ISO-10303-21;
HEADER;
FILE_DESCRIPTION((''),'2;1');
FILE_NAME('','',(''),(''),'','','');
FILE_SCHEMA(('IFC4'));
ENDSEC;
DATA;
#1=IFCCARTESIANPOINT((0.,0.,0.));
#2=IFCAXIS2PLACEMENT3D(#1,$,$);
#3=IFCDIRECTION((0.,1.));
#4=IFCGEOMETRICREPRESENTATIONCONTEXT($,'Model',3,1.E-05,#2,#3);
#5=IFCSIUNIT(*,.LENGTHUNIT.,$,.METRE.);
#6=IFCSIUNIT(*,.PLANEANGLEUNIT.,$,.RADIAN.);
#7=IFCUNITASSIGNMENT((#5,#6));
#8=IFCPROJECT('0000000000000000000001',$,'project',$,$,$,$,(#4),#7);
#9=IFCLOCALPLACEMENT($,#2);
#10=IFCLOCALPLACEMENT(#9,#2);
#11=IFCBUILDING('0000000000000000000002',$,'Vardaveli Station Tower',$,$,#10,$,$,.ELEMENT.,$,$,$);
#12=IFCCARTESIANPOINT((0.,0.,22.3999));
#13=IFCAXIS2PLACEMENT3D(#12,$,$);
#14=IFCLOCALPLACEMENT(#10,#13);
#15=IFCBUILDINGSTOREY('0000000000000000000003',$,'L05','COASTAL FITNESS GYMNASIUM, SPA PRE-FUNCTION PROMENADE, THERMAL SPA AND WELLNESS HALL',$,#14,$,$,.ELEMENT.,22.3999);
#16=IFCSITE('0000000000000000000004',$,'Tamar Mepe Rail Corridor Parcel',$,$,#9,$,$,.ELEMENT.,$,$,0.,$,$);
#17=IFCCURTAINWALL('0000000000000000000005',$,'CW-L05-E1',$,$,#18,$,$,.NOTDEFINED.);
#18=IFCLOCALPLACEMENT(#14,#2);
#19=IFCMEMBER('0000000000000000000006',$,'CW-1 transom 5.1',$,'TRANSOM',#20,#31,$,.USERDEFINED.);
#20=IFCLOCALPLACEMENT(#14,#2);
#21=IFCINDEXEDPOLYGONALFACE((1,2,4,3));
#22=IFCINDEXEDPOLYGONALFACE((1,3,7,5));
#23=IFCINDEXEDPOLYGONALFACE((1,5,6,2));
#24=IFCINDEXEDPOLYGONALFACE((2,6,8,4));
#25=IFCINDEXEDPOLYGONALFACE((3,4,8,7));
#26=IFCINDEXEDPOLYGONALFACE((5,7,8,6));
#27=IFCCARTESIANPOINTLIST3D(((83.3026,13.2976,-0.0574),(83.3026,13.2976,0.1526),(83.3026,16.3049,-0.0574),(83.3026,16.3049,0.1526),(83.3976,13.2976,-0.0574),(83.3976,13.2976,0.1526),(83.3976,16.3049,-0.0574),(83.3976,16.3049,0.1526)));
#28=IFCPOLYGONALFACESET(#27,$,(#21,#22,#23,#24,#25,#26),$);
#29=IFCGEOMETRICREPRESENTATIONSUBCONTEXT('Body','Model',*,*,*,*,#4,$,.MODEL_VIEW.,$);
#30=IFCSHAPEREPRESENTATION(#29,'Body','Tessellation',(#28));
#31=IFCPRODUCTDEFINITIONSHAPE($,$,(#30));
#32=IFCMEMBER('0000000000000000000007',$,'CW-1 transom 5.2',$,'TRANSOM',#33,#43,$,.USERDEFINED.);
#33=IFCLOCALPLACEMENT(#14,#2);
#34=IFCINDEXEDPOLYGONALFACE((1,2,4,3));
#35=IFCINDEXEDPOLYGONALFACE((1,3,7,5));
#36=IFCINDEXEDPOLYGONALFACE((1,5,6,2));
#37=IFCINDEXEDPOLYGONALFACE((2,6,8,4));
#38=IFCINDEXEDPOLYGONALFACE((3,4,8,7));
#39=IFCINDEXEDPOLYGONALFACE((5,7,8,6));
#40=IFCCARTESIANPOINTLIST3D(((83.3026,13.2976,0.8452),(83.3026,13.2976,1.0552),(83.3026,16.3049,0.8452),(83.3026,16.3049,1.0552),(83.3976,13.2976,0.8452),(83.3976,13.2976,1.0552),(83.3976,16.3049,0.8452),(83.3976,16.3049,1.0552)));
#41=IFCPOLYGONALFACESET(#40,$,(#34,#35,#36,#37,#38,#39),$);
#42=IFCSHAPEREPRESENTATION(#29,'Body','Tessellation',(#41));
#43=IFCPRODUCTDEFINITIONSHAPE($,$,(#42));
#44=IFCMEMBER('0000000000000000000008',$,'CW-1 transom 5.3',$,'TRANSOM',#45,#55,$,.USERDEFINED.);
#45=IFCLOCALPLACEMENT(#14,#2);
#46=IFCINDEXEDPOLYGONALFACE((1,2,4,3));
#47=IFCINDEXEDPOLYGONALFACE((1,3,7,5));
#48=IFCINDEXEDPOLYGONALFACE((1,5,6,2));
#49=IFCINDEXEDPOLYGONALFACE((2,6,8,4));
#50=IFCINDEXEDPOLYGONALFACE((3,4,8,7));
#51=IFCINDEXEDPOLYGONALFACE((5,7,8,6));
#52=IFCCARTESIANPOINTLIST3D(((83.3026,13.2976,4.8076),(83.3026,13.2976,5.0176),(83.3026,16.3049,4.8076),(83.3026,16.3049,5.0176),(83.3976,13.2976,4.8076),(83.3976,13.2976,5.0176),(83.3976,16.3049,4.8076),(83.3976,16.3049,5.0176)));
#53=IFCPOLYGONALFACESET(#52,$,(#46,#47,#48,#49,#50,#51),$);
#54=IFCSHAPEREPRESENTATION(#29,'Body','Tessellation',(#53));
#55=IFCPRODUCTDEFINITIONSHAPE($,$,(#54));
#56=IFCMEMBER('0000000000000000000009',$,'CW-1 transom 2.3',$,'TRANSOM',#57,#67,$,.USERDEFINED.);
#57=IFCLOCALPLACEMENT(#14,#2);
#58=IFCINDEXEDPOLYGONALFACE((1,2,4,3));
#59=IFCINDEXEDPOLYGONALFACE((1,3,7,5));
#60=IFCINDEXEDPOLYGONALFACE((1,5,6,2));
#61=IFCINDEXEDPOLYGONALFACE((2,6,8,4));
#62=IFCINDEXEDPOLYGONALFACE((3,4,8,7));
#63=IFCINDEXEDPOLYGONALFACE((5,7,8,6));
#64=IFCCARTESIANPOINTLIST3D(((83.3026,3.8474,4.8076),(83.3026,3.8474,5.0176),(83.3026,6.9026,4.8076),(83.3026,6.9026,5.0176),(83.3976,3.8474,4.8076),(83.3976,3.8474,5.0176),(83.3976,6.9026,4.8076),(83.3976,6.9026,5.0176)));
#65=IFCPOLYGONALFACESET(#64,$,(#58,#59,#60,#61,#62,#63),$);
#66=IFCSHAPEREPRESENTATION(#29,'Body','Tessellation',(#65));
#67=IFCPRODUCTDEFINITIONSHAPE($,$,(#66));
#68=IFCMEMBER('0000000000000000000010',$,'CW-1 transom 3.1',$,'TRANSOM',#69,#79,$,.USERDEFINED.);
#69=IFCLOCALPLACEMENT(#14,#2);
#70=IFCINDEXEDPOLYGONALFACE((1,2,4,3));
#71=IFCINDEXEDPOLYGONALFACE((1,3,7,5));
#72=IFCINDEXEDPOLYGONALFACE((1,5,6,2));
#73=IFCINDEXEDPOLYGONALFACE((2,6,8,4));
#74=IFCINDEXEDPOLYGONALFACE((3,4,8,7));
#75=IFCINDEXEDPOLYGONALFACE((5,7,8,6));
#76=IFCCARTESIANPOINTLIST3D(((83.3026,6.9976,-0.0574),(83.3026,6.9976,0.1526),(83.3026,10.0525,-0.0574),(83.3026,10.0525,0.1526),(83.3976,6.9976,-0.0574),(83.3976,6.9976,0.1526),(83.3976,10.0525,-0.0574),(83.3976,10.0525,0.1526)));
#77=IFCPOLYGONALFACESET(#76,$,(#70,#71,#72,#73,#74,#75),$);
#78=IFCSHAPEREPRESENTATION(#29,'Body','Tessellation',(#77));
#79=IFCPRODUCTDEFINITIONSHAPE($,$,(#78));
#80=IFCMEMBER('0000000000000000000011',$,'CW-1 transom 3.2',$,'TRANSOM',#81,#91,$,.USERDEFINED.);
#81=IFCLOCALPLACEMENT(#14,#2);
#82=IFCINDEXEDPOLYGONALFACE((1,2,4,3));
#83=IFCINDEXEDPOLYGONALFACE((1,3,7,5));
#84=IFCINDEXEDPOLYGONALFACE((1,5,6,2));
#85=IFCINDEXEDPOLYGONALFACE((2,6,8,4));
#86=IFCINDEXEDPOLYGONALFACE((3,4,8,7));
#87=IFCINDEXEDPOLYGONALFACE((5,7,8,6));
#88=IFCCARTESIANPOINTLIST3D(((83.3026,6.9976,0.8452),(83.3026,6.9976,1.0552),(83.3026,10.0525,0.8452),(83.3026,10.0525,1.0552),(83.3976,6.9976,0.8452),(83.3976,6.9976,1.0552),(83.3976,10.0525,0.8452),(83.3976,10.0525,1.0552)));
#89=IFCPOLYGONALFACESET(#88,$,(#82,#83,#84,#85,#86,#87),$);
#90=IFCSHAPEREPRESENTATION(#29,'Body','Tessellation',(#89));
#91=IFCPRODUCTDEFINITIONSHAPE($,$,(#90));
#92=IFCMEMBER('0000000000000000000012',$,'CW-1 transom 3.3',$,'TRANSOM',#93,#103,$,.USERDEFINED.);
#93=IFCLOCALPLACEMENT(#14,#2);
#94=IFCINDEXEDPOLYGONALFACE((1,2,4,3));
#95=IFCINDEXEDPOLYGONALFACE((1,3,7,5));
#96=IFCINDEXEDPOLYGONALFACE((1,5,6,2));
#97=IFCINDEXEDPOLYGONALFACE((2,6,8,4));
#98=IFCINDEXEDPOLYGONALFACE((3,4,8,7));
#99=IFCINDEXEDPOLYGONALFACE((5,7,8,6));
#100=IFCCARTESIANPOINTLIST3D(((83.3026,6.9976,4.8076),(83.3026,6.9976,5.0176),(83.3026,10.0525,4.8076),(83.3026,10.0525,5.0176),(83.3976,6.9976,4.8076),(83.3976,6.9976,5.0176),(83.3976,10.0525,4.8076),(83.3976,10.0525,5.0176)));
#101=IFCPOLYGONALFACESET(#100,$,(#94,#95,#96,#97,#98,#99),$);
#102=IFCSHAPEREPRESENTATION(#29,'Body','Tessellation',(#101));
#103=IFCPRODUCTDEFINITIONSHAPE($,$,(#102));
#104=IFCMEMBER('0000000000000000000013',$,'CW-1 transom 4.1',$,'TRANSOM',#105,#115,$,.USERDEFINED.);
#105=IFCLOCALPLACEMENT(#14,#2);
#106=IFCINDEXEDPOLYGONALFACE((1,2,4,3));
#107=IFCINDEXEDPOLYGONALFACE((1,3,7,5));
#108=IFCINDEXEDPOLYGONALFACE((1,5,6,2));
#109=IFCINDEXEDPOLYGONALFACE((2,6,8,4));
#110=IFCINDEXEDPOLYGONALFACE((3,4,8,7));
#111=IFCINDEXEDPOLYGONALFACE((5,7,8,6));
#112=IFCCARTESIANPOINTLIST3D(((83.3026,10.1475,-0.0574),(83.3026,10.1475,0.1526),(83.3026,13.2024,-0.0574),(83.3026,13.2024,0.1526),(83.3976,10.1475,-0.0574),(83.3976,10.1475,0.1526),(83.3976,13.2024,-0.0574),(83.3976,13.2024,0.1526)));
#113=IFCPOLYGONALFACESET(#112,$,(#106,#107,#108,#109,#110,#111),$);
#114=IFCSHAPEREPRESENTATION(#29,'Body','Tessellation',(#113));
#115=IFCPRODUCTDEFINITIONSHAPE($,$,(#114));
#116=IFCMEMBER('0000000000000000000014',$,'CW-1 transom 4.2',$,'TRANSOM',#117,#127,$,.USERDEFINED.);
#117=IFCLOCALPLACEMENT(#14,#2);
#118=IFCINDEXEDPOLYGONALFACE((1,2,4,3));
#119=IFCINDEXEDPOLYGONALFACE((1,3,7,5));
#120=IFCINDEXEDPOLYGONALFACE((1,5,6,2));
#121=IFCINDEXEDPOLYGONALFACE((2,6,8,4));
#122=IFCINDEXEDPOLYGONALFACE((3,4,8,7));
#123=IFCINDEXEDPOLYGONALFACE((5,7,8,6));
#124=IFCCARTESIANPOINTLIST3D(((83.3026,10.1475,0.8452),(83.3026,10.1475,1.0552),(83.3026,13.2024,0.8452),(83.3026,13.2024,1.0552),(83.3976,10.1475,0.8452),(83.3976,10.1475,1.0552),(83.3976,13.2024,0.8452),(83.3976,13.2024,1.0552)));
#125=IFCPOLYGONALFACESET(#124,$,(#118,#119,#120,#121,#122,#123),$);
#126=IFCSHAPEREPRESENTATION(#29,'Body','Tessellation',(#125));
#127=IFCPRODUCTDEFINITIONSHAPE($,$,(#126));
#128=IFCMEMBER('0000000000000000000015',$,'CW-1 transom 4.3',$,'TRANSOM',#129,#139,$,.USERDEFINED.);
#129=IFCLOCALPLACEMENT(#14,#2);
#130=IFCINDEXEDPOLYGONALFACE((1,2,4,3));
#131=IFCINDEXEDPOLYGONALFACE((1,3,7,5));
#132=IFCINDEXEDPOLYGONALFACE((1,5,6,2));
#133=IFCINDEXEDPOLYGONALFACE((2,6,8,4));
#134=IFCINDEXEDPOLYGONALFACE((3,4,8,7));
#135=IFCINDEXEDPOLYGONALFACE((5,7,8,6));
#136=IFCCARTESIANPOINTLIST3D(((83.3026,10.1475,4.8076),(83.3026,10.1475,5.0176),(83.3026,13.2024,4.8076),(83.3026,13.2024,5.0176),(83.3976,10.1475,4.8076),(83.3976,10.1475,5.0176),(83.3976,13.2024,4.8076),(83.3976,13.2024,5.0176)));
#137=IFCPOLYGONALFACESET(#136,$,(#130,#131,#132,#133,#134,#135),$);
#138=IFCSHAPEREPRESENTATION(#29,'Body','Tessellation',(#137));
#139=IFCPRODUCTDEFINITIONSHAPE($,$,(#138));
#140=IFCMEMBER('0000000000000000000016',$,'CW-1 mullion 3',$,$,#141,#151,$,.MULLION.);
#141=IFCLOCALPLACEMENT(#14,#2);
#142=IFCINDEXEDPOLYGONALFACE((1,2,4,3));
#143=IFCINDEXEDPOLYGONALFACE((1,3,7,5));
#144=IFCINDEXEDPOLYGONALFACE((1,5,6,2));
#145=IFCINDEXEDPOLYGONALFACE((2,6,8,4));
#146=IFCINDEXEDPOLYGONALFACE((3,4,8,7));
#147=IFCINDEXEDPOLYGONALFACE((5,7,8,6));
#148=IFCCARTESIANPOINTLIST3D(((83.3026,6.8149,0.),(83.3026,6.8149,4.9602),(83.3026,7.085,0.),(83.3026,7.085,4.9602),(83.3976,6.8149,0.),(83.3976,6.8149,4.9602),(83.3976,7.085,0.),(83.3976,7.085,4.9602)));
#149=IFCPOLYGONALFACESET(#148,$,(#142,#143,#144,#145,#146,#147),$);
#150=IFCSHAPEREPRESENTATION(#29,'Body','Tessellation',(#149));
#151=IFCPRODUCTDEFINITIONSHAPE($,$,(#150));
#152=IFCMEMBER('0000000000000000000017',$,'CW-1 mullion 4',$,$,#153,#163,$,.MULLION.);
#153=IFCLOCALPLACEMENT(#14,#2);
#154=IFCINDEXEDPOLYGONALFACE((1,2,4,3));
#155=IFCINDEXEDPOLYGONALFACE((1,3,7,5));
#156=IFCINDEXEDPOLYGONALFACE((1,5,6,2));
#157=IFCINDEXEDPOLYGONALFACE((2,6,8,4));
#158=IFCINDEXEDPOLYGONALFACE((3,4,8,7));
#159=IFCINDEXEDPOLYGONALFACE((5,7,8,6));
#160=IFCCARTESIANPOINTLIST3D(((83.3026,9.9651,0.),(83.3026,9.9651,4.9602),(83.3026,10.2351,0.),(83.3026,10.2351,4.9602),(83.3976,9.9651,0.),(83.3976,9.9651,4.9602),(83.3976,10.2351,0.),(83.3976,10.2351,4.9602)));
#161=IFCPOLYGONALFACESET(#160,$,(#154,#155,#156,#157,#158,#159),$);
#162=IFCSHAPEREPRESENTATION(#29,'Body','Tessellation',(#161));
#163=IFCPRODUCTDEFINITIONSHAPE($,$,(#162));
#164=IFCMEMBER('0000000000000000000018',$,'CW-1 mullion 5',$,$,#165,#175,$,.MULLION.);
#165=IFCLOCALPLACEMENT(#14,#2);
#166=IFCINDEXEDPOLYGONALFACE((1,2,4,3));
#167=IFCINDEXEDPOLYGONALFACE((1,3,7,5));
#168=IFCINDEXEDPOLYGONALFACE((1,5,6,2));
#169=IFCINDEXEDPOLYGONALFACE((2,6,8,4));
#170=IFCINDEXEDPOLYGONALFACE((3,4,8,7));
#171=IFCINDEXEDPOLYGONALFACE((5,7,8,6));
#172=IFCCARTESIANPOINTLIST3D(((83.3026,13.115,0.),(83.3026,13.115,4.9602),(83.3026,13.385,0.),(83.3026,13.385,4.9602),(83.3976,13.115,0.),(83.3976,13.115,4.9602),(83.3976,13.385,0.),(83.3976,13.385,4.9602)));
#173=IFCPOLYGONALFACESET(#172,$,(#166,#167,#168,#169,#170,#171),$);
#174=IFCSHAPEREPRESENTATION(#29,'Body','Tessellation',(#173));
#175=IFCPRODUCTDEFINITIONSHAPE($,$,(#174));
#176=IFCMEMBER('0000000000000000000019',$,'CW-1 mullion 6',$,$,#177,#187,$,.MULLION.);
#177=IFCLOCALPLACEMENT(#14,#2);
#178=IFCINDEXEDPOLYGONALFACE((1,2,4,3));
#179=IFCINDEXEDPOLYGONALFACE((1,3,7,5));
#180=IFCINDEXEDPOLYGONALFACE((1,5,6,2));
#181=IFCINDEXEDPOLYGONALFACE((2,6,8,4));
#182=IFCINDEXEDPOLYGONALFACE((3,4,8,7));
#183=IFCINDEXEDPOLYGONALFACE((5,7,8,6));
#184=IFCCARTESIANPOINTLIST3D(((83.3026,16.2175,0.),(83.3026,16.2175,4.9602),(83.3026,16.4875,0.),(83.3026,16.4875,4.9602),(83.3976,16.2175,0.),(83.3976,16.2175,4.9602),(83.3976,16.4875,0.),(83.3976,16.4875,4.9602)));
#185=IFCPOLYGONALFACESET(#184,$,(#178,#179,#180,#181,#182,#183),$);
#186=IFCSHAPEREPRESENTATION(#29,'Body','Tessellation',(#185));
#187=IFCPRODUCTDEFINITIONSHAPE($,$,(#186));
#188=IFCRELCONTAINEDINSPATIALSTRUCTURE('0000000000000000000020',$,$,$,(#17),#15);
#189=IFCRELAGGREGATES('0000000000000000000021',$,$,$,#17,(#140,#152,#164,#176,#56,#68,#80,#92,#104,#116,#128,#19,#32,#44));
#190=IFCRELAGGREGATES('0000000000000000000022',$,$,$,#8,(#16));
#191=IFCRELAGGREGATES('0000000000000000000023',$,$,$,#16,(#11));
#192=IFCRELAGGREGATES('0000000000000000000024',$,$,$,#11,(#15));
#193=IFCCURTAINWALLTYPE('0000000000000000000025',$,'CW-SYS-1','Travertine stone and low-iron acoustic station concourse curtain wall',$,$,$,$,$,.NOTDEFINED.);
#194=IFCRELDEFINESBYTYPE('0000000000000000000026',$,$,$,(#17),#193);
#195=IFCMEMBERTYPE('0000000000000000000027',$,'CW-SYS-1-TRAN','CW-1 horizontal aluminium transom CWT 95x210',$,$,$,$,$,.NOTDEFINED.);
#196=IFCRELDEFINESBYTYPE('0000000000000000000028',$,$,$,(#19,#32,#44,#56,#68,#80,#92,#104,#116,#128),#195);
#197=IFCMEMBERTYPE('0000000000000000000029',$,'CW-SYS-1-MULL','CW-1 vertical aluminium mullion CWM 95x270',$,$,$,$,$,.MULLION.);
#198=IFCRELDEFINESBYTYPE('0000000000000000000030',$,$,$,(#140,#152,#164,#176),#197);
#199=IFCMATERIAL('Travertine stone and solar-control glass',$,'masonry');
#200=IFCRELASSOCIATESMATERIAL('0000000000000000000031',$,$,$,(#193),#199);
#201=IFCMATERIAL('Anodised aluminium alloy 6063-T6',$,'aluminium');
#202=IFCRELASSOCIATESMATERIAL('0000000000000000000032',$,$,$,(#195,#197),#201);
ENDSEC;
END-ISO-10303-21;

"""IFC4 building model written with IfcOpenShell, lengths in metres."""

from ifc_helpers import new_model, si_unit, direction, frame, origin, origin_2d, place, context, subcontext, project, spatial, rectangle, extrude, source, transform, mapped, material, material_profile, profile_set, type_object, element, aggregate, save


model = new_model("IFC4")

# Units and contexts
model_context = context("Model", 3, precision=1e-05, world=origin(), true_north=direction((0.0, 1.0)))
body_context = subcontext(model_context, "Body", "Model", "MODEL_VIEW")
ifc_project = project(units=[si_unit("LENGTHUNIT", "METRE"), si_unit("PLANEANGLEUNIT", "RADIAN")], contexts=[model_context])

# Site, building, storey
site_placement = place(None, origin())
site = spatial("IfcSite", under=ifc_project, at=site_placement, Name="Tamar Mepe Rail Corridor Parcel", CompositionType="ELEMENT", RefElevation=0.0)
building_placement = place(site_placement, origin())
building = spatial("IfcBuilding", under=site, at=building_placement, Name="Vardaveli Station Tower", CompositionType="ELEMENT")
storey_placement = place(building_placement, frame((0.0, 0.0, 22.3999)))
storey = spatial("IfcBuildingStorey", under=building, at=storey_placement, Name="L05", Description="COASTAL FITNESS GYMNASIUM, SPA PRE-FUNCTION PROMENADE, THERMAL SPA AND WELLNESS HALL", CompositionType="ELEMENT", Elevation=22.3999)

# Curtain wall, members
ifc_material_1 = material(Name="Travertine stone and solar-control glass", Category="masonry")
curtain_wall_type = type_object("IfcCurtainWallType", Name="CW-SYS-1", Description="Travertine stone and low-iron acoustic station concourse curtain wall", PredefinedType="NOTDEFINED", material=ifc_material_1)
curtain_wall_placement = place(storey_placement, origin())
curtain_wall = element("IfcCurtainWall", 1, at=curtain_wall_placement, inside=storey, type_object=curtain_wall_type, Name="CW-L05-E1", PredefinedType="NOTDEFINED")
ifc_material_2 = material(Name="Anodised aluminium alloy 6063-T6", Category="aluminium")
ifc_material_profile_1 = material_profile(ifc_material_2, rectangle(XDim=0.095, YDim=0.21, at=origin_2d()), Name="CWT 95x210")
ifc_profile_set_1 = profile_set([ifc_material_profile_1], Name="Anodised aluminium alloy 6063-T6")
member_type_1 = type_object("IfcMemberType", Name="CW-SYS-1-TRAN", Description="CW-1 horizontal aluminium transom CWT 95x210", PredefinedType="NOTDEFINED", material=ifc_profile_set_1)
shared_shape_1 = source(origin(), body_context, "Body", "SweptSolid", [
    extrude(rectangle(XDim=0.095, YDim=0.21, at=origin_2d()), origin(), (0.0, 0.0, 1.0), 3.0073),
])
member_1_placement = place(storey_placement, frame((83.3501, 13.2976, 0.0476), z_axis=(0.0, 1.0, 0.0), x_axis=(-1.0, 0.0, 0.0)))
member_1 = element("IfcMember", 2, at=member_1_placement, type_object=member_type_1, Name="CW-1 transom 5.1", ObjectType="TRANSOM", PredefinedType="USERDEFINED", context=body_context, shape_type="MappedRepresentation", body=[
    mapped(shared_shape_1, transform((0.0, 0.0, 0.0), scale=1.0)),
])
member_2_placement = place(storey_placement, frame((83.3501, 13.2976, 0.9502), z_axis=(0.0, 1.0, 0.0), x_axis=(-1.0, 0.0, 0.0)))
member_2 = element("IfcMember", 3, at=member_2_placement, type_object=member_type_1, Name="CW-1 transom 5.2", ObjectType="TRANSOM", PredefinedType="USERDEFINED", context=body_context, shape_type="MappedRepresentation", body=[
    mapped(shared_shape_1, transform((0.0, 0.0, 0.0), scale=1.0)),
])
member_3_placement = place(storey_placement, frame((83.3501, 13.2976, 4.9126), z_axis=(0.0, 1.0, 0.0), x_axis=(-1.0, 0.0, 0.0)))
member_3 = element("IfcMember", 4, at=member_3_placement, type_object=member_type_1, Name="CW-1 transom 5.3", ObjectType="TRANSOM", PredefinedType="USERDEFINED", context=body_context, shape_type="MappedRepresentation", body=[
    mapped(shared_shape_1, transform((0.0, 0.0, 0.0), scale=1.0)),
])
shared_shape_2 = source(origin(), body_context, "Body", "SweptSolid", [
    extrude(rectangle(XDim=0.095, YDim=0.21, at=origin_2d()), origin(), (0.0, 0.0, 1.0), 3.0552),
])
member_4_placement = place(storey_placement, frame((83.3501, 3.8474, 4.9126), z_axis=(0.0, 1.0, 0.0), x_axis=(-1.0, 0.0, 0.0)))
member_4 = element("IfcMember", 5, at=member_4_placement, type_object=member_type_1, Name="CW-1 transom 2.3", ObjectType="TRANSOM", PredefinedType="USERDEFINED", context=body_context, shape_type="MappedRepresentation", body=[
    mapped(shared_shape_2, transform((0.0, 0.0, 0.0), scale=1.0)),
])
shared_shape_3 = source(origin(), body_context, "Body", "SweptSolid", [
    extrude(rectangle(XDim=0.095, YDim=0.21, at=origin_2d()), origin(), (0.0, 0.0, 1.0), 3.0549),
])
member_5_placement = place(storey_placement, frame((83.3501, 6.9976, 0.0476), z_axis=(0.0, 1.0, 0.0), x_axis=(-1.0, 0.0, 0.0)))
member_5 = element("IfcMember", 6, at=member_5_placement, type_object=member_type_1, Name="CW-1 transom 3.1", ObjectType="TRANSOM", PredefinedType="USERDEFINED", context=body_context, shape_type="MappedRepresentation", body=[
    mapped(shared_shape_3, transform((0.0, 0.0, 0.0), scale=1.0)),
])
member_6_placement = place(storey_placement, frame((83.3501, 6.9976, 0.9502), z_axis=(0.0, 1.0, 0.0), x_axis=(-1.0, 0.0, 0.0)))
member_6 = element("IfcMember", 7, at=member_6_placement, type_object=member_type_1, Name="CW-1 transom 3.2", ObjectType="TRANSOM", PredefinedType="USERDEFINED", context=body_context, shape_type="MappedRepresentation", body=[
    mapped(shared_shape_3, transform((0.0, 0.0, 0.0), scale=1.0)),
])
member_7_placement = place(storey_placement, frame((83.3501, 6.9976, 4.9126), z_axis=(0.0, 1.0, 0.0), x_axis=(-1.0, 0.0, 0.0)))
member_7 = element("IfcMember", 8, at=member_7_placement, type_object=member_type_1, Name="CW-1 transom 3.3", ObjectType="TRANSOM", PredefinedType="USERDEFINED", context=body_context, shape_type="MappedRepresentation", body=[
    mapped(shared_shape_3, transform((0.0, 0.0, 0.0), scale=1.0)),
])
member_8_placement = place(storey_placement, frame((83.3501, 10.1475, 0.0476), z_axis=(0.0, 1.0, 0.0), x_axis=(-1.0, 0.0, 0.0)))
member_8 = element("IfcMember", 9, at=member_8_placement, type_object=member_type_1, Name="CW-1 transom 4.1", ObjectType="TRANSOM", PredefinedType="USERDEFINED", context=body_context, shape_type="MappedRepresentation", body=[
    mapped(shared_shape_3, transform((0.0, 0.0, 0.0), scale=1.0)),
])
member_9_placement = place(storey_placement, frame((83.3501, 10.1475, 0.9502), z_axis=(0.0, 1.0, 0.0), x_axis=(-1.0, 0.0, 0.0)))
member_9 = element("IfcMember", 10, at=member_9_placement, type_object=member_type_1, Name="CW-1 transom 4.2", ObjectType="TRANSOM", PredefinedType="USERDEFINED", context=body_context, shape_type="MappedRepresentation", body=[
    mapped(shared_shape_3, transform((0.0, 0.0, 0.0), scale=1.0)),
])
member_10_placement = place(storey_placement, frame((83.3501, 10.1475, 4.9126), z_axis=(0.0, 1.0, 0.0), x_axis=(-1.0, 0.0, 0.0)))
member_10 = element("IfcMember", 11, at=member_10_placement, type_object=member_type_1, Name="CW-1 transom 4.3", ObjectType="TRANSOM", PredefinedType="USERDEFINED", context=body_context, shape_type="MappedRepresentation", body=[
    mapped(shared_shape_3, transform((0.0, 0.0, 0.0), scale=1.0)),
])
ifc_material_profile_2 = material_profile(ifc_material_2, rectangle(XDim=0.095, YDim=0.27, at=origin_2d()), Name="CWM 95x270")
ifc_profile_set_2 = profile_set([ifc_material_profile_2], Name="Anodised aluminium alloy 6063-T6")
member_type_2 = type_object("IfcMemberType", Name="CW-SYS-1-MULL", Description="CW-1 vertical aluminium mullion CWM 95x270", PredefinedType="MULLION", material=ifc_profile_set_2)
shared_shape_4 = source(origin(), body_context, "Body", "SweptSolid", [
    extrude(rectangle(XDim=0.095, YDim=0.27, at=origin_2d()), origin(), (0.0, 0.0, 1.0), 4.9602),
])
member_11_placement = place(storey_placement, frame((83.3501, 6.95, 0.0), z_axis=(0.0, 0.0, 1.0), x_axis=(-1.0, 0.0, 0.0)))
member_11 = element("IfcMember", 12, at=member_11_placement, type_object=member_type_2, Name="CW-1 mullion 3", PredefinedType="MULLION", context=body_context, shape_type="MappedRepresentation", body=[
    mapped(shared_shape_4, transform((0.0, 0.0, 0.0), scale=1.0)),
])
member_12_placement = place(storey_placement, frame((83.3501, 10.1001, 0.0), z_axis=(0.0, 0.0, 1.0), x_axis=(-1.0, 0.0, 0.0)))
member_12 = element("IfcMember", 13, at=member_12_placement, type_object=member_type_2, Name="CW-1 mullion 4", PredefinedType="MULLION", context=body_context, shape_type="MappedRepresentation", body=[
    mapped(shared_shape_4, transform((0.0, 0.0, 0.0), scale=1.0)),
])
member_13_placement = place(storey_placement, frame((83.3501, 13.25, 0.0), z_axis=(0.0, 0.0, 1.0), x_axis=(-1.0, 0.0, 0.0)))
member_13 = element("IfcMember", 14, at=member_13_placement, type_object=member_type_2, Name="CW-1 mullion 5", PredefinedType="MULLION", context=body_context, shape_type="MappedRepresentation", body=[
    mapped(shared_shape_4, transform((0.0, 0.0, 0.0), scale=1.0)),
])
member_14_placement = place(storey_placement, frame((83.3501, 16.3525, 0.0), z_axis=(0.0, 0.0, 1.0), x_axis=(-1.0, 0.0, 0.0)))
member_14 = element("IfcMember", 15, at=member_14_placement, type_object=member_type_2, Name="CW-1 mullion 6", PredefinedType="MULLION", context=body_context, shape_type="MappedRepresentation", body=[
    mapped(shared_shape_4, transform((0.0, 0.0, 0.0), scale=1.0)),
])
aggregate(curtain_wall, [member_11, member_12, member_13, member_14, member_4, member_5, member_6, member_7, member_8, member_9, member_10, member_1, member_2, member_3])

save(model, "model.ifc")
